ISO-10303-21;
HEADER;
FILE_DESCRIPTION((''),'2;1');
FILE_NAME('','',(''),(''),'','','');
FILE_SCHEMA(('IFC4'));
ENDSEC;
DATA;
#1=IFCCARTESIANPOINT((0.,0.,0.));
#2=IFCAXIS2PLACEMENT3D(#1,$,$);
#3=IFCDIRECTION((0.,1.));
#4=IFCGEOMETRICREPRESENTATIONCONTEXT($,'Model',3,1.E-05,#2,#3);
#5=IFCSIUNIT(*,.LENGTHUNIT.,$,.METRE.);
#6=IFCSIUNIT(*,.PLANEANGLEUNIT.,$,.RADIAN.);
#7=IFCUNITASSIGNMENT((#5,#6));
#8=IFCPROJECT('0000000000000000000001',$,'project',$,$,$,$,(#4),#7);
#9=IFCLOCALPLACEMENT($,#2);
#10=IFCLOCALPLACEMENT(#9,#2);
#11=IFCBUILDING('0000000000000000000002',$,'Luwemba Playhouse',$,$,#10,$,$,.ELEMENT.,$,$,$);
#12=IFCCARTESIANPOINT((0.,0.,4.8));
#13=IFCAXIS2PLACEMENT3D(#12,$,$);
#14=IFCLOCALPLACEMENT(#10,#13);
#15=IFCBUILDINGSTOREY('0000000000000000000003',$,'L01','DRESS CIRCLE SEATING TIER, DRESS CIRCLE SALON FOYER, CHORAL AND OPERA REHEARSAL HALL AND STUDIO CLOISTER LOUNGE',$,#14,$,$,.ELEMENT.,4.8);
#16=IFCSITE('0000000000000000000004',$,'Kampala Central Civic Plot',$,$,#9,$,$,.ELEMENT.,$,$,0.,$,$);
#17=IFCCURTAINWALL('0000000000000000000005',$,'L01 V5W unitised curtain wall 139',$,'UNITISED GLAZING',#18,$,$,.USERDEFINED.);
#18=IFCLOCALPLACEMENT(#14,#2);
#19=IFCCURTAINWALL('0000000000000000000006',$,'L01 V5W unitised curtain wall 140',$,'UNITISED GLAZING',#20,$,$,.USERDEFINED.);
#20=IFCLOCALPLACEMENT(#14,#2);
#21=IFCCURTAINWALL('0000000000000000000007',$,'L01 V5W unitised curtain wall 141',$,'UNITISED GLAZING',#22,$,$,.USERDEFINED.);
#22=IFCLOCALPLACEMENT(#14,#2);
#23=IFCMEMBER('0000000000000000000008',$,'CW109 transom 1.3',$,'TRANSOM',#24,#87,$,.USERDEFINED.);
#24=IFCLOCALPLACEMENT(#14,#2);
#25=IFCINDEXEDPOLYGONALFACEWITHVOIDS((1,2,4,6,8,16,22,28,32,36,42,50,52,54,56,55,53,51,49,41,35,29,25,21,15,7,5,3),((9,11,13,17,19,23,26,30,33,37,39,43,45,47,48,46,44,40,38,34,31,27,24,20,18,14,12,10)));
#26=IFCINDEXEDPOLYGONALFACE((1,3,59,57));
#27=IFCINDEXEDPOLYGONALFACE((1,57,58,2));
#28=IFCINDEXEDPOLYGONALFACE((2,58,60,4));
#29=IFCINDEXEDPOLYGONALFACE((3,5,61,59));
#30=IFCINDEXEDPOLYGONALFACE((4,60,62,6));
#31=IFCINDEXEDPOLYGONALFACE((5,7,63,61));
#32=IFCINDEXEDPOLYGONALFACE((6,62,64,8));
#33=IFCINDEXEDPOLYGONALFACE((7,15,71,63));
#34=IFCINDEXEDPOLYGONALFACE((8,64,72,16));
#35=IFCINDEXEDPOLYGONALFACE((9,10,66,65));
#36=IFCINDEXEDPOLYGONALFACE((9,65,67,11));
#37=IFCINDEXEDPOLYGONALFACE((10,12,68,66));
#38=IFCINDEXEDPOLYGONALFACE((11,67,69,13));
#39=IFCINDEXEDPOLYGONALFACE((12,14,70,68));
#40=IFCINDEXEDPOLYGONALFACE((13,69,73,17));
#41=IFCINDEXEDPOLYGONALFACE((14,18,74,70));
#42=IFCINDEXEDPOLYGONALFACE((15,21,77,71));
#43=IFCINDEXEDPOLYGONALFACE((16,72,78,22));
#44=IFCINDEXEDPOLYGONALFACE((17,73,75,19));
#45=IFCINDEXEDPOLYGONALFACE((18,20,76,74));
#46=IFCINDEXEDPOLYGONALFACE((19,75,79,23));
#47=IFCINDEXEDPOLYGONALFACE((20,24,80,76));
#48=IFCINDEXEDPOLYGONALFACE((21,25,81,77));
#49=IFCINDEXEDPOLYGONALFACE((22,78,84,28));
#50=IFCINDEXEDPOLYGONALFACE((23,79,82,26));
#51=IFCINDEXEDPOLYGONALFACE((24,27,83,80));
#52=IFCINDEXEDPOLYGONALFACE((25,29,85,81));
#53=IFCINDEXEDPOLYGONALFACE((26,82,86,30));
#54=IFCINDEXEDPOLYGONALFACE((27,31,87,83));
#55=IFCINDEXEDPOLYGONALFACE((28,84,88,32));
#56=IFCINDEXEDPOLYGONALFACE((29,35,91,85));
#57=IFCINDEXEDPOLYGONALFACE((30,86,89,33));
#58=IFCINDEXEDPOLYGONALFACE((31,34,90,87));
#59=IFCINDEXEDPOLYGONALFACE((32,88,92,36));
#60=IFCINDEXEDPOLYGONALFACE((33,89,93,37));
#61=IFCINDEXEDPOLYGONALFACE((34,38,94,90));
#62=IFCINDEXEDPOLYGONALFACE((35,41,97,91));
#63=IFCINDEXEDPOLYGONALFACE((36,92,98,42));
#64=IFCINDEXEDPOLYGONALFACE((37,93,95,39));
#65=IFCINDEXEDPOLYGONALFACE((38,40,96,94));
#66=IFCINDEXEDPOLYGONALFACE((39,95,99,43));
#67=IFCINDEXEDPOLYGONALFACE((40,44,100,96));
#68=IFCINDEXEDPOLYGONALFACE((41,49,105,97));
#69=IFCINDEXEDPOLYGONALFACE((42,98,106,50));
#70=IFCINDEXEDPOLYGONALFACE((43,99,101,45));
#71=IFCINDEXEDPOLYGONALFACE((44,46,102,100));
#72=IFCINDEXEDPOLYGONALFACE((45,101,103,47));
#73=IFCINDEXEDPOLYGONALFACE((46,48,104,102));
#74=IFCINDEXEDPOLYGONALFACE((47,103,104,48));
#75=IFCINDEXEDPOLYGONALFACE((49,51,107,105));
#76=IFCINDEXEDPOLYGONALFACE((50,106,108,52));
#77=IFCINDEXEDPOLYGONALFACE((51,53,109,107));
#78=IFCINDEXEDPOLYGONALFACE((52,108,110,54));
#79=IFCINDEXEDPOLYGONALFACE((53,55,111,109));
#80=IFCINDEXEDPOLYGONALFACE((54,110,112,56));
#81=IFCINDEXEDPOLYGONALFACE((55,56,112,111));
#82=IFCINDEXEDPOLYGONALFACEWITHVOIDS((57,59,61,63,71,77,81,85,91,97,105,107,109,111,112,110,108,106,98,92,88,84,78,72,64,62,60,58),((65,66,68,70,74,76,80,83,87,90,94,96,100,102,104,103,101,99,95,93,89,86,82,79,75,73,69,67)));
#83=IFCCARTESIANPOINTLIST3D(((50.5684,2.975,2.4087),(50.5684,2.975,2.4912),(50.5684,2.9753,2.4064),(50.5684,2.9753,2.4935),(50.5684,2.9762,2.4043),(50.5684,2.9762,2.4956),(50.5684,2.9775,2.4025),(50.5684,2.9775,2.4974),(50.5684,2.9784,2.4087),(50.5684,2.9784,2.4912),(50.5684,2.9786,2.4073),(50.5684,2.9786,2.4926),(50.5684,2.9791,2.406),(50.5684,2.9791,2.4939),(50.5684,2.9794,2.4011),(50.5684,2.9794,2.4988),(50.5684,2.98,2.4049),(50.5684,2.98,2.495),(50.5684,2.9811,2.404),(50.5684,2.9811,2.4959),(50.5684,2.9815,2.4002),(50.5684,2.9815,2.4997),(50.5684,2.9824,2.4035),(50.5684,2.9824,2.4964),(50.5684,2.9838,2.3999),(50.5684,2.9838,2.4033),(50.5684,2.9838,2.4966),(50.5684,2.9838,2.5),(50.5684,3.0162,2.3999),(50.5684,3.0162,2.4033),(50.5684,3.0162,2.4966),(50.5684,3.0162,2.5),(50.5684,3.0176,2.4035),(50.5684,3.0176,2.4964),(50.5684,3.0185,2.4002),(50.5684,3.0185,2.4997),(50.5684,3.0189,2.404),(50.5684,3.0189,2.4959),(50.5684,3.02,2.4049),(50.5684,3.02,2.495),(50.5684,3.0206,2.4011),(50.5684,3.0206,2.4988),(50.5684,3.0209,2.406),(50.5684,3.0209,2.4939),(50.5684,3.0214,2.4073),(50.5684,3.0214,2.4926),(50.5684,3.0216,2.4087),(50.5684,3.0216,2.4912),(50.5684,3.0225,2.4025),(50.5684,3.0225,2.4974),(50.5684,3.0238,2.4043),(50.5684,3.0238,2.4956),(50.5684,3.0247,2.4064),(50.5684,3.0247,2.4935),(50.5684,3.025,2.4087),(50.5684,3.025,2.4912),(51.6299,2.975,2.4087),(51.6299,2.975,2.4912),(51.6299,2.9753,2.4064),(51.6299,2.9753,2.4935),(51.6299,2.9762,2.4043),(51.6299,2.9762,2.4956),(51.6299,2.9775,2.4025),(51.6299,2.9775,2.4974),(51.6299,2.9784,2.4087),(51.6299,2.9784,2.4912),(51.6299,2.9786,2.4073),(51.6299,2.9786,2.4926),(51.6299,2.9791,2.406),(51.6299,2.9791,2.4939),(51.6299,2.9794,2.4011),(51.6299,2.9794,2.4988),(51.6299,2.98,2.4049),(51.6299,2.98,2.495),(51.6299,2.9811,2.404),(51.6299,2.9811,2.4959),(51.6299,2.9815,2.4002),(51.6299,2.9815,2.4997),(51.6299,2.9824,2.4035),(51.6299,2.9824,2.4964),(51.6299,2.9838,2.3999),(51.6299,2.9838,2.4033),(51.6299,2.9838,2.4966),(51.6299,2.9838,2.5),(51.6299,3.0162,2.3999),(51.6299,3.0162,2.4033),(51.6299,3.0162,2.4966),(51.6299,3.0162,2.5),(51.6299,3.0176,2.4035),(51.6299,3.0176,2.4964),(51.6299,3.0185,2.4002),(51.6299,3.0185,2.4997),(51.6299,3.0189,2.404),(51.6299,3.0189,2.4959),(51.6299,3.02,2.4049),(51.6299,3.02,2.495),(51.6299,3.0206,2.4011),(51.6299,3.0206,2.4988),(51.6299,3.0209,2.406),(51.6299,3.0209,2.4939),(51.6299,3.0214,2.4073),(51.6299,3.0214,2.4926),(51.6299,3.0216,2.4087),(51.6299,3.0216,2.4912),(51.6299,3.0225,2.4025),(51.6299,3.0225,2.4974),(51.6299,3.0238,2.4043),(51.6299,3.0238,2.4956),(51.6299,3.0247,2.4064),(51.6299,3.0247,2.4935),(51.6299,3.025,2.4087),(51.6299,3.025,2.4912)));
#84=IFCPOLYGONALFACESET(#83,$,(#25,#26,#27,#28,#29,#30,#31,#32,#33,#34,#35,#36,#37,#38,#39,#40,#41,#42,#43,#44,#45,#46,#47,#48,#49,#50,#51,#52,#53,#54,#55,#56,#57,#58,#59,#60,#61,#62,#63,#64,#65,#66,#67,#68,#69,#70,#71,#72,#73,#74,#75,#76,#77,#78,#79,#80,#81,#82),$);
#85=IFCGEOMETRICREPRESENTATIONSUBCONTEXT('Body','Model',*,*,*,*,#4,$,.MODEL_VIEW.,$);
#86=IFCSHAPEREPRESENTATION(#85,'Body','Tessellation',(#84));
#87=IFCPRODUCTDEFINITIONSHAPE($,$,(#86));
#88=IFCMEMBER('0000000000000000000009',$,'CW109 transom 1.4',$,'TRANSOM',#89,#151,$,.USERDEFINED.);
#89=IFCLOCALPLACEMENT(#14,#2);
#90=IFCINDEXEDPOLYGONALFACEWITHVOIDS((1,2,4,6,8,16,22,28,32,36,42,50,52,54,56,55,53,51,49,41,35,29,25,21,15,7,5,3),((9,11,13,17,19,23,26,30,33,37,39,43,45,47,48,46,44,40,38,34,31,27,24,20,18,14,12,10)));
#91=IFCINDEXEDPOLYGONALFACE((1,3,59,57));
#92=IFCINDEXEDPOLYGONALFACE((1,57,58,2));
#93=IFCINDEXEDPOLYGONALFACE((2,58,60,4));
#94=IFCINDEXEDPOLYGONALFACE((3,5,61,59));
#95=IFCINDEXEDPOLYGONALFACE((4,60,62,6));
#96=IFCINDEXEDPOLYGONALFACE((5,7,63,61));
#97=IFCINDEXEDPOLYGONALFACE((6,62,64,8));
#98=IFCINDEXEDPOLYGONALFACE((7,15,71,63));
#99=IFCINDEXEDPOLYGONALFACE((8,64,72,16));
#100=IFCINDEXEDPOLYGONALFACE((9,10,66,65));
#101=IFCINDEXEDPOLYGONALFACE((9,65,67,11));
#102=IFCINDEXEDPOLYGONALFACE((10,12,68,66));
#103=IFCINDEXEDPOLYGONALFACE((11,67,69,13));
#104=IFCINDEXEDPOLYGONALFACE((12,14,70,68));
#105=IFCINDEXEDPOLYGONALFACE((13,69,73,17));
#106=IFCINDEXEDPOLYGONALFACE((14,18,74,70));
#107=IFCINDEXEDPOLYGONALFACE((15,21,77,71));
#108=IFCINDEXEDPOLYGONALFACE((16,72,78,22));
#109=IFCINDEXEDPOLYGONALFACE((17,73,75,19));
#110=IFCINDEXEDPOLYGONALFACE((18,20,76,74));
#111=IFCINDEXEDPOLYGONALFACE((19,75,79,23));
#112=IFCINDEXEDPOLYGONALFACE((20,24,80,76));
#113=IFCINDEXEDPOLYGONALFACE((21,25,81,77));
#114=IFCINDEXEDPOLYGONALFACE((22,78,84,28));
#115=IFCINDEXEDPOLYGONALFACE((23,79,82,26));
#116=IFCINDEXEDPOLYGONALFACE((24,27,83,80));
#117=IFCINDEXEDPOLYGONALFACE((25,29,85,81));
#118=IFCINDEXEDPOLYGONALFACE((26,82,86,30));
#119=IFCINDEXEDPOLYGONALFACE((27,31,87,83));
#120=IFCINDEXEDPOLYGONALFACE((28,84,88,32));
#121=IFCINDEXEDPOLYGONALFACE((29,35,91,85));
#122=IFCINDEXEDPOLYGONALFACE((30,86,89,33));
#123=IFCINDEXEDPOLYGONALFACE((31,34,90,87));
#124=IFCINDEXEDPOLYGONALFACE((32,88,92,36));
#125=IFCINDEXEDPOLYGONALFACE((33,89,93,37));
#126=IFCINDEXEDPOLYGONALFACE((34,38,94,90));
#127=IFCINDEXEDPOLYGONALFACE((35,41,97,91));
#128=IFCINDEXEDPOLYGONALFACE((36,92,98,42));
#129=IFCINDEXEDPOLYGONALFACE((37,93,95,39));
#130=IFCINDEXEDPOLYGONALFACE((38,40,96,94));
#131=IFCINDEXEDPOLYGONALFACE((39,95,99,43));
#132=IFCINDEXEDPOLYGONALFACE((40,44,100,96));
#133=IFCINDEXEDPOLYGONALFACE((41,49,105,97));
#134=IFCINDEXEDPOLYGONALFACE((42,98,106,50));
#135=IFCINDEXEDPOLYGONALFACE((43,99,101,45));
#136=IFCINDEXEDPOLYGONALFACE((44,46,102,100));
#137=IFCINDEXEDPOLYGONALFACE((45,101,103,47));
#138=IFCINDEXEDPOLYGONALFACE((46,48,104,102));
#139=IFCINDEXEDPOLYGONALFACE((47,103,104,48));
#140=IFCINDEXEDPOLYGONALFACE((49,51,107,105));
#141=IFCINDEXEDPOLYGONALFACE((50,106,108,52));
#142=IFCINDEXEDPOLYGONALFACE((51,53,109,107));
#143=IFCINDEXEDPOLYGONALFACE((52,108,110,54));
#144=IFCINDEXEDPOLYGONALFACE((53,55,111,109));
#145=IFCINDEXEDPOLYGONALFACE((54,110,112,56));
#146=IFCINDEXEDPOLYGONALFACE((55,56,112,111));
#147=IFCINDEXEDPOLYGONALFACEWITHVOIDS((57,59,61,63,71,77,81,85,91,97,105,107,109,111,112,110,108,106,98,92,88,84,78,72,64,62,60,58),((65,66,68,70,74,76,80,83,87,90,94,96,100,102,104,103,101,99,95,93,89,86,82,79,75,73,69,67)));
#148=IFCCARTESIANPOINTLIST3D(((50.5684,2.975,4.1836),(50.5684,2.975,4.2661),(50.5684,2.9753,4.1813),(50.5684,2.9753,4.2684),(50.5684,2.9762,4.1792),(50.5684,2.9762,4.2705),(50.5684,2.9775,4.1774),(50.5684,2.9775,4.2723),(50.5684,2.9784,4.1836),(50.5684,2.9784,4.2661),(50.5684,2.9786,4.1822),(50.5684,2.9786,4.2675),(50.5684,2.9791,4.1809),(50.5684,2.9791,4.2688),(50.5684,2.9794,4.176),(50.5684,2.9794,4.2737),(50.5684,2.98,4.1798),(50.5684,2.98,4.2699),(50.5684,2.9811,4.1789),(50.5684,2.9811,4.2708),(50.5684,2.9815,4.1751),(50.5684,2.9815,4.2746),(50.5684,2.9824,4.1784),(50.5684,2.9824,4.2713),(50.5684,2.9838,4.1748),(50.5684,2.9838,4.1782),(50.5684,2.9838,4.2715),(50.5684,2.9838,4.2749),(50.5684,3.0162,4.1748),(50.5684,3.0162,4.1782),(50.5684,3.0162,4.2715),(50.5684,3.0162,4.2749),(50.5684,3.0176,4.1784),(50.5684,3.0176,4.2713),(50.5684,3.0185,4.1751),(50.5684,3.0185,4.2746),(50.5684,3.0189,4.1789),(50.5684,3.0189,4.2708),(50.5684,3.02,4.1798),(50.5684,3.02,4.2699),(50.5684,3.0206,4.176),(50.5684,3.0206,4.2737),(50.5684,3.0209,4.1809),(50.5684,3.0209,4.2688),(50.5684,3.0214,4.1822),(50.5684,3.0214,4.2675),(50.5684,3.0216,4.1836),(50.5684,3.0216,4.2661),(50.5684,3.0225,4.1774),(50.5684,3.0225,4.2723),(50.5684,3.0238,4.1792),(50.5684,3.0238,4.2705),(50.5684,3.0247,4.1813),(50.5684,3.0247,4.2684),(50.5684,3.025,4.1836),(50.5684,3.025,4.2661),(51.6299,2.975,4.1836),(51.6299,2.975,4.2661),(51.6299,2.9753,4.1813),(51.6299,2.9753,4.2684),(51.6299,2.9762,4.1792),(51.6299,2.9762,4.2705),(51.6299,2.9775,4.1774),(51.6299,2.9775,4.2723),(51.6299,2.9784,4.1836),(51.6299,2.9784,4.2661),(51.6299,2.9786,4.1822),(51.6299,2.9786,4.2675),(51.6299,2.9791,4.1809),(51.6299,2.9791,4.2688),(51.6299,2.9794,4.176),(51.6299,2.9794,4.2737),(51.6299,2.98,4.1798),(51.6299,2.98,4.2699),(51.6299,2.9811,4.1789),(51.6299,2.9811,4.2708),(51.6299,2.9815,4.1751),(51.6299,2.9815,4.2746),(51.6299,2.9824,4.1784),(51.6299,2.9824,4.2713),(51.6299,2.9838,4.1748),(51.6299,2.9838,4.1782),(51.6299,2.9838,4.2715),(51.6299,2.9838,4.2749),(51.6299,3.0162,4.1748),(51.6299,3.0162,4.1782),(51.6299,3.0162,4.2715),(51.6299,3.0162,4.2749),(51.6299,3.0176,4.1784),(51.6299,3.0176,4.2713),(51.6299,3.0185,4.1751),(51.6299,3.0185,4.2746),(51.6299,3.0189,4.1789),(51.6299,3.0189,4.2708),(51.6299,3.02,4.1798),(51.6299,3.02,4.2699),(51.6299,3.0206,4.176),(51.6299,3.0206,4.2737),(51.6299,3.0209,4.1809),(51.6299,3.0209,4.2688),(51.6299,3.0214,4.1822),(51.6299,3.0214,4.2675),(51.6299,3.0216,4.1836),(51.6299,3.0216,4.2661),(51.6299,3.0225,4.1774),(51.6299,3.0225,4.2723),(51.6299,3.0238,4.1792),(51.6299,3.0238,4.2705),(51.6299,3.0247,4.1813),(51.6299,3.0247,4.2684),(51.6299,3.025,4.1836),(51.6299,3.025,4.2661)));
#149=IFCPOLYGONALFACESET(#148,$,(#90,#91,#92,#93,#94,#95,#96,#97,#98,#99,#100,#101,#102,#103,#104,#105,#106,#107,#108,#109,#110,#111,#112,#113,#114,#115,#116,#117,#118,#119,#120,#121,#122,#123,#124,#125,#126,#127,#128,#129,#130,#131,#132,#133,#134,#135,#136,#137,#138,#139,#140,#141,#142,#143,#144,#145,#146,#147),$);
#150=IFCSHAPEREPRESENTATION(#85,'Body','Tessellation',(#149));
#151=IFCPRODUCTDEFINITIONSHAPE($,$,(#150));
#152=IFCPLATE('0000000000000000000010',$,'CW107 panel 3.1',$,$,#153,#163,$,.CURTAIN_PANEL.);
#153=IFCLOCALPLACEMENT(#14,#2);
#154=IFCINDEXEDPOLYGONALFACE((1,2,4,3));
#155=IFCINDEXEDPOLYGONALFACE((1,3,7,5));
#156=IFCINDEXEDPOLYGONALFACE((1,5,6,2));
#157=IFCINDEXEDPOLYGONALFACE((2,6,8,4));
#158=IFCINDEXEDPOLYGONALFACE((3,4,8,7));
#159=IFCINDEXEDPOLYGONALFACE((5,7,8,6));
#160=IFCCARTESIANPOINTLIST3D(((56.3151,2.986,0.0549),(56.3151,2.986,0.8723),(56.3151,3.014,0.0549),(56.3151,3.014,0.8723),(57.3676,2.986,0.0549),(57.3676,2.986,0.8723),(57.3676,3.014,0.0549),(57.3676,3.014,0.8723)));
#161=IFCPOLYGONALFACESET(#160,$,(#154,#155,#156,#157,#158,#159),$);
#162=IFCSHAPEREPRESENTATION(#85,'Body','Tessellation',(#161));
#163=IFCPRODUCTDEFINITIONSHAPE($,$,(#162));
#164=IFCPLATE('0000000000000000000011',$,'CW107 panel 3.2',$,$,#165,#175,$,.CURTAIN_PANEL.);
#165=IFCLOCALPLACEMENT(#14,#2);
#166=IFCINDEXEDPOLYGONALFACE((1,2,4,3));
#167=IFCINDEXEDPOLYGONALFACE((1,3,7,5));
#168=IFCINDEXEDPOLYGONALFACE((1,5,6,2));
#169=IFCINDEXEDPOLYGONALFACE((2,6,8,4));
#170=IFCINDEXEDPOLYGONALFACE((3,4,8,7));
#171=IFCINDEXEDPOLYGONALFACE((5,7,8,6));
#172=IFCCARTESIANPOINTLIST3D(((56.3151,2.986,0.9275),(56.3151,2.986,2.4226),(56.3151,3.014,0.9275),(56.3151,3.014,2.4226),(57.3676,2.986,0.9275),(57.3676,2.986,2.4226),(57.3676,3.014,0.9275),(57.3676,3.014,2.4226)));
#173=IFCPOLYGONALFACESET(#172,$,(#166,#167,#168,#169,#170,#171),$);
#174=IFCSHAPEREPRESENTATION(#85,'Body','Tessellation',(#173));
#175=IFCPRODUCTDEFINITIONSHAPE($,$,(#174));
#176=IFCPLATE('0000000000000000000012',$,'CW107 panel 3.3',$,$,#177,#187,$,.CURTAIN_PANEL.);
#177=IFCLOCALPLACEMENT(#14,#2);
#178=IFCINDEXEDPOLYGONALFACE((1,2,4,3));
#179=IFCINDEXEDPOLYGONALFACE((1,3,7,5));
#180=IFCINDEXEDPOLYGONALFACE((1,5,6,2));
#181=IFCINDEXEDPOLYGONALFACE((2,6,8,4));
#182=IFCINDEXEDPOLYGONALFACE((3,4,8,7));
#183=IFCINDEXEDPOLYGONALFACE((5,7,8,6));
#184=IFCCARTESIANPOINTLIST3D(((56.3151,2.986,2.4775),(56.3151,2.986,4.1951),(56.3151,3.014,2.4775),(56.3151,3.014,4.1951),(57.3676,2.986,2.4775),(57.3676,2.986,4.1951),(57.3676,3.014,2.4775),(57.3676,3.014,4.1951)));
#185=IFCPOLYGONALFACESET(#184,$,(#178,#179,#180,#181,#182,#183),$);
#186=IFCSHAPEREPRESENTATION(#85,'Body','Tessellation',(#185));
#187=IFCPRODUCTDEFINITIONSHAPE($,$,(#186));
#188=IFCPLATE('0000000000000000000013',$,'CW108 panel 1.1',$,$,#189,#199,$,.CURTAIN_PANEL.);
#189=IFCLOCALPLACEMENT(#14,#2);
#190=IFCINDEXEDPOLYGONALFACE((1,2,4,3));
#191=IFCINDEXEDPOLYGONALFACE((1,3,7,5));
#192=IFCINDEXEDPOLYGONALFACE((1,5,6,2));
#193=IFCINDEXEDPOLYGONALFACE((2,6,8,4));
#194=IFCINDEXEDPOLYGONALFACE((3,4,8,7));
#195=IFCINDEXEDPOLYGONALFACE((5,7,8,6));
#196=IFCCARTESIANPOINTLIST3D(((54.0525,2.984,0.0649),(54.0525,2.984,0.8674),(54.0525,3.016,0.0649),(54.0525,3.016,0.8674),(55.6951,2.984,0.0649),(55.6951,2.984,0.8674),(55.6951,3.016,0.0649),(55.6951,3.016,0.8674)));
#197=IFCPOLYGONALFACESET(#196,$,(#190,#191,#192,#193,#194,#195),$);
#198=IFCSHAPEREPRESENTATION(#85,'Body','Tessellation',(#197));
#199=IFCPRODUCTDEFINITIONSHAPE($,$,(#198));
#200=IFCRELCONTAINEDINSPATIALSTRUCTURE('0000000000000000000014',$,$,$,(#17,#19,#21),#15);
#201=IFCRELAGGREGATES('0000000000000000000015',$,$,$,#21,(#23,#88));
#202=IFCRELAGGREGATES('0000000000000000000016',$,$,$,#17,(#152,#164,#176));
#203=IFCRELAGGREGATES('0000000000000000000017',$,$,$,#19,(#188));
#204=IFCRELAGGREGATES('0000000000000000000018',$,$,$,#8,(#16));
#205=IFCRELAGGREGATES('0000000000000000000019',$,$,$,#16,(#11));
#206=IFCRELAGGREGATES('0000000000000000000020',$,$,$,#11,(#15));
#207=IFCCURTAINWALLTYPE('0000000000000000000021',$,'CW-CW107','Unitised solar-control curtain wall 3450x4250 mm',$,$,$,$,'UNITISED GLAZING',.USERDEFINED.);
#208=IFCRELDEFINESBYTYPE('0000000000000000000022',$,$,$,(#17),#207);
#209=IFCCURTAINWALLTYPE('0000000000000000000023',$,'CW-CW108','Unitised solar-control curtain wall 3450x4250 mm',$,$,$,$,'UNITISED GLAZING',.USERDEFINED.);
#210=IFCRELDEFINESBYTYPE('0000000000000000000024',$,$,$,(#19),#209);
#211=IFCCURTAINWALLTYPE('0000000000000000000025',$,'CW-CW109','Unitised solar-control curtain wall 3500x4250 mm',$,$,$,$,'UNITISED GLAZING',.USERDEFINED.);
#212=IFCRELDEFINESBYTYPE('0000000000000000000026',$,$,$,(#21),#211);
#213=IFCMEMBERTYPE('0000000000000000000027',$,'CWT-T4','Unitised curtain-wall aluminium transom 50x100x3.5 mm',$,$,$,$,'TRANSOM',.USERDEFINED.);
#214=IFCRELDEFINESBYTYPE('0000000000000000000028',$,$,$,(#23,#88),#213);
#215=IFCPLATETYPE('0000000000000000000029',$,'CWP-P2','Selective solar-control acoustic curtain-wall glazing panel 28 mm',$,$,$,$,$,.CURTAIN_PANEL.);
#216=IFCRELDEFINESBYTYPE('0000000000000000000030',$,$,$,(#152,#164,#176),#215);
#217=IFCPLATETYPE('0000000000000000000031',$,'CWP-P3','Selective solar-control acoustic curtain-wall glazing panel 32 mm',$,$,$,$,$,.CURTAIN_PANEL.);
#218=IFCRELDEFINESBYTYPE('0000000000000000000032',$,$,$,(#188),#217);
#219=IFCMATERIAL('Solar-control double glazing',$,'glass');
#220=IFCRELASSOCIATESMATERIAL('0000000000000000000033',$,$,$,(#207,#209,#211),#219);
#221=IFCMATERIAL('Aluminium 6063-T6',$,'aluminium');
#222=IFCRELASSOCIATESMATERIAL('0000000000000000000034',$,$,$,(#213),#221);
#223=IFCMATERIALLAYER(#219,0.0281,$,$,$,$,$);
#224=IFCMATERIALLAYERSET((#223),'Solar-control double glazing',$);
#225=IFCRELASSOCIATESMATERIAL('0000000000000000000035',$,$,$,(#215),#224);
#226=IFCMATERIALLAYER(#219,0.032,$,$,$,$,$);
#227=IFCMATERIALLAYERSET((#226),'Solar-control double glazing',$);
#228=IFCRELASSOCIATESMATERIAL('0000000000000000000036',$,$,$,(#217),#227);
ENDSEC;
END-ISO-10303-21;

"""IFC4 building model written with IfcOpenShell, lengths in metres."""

from ifc_helpers import new_model, si_unit, direction, frame, origin, origin_2d, place, context, subcontext, project, spatial, rectangle, hollow_rectangle, extrude, material, layer, layer_set, material_profile, profile_set, type_object, element, aggregate, save


model = new_model("IFC4")

# Units and contexts
model_context = context("Model", 3, precision=1e-05, world=origin(), true_north=direction((0.0, 1.0)))
body_context = subcontext(model_context, "Body", "Model", "MODEL_VIEW")
ifc_project = project(units=[si_unit("LENGTHUNIT", "METRE"), si_unit("PLANEANGLEUNIT", "RADIAN")], contexts=[model_context])

# Site, building, storey
site_placement = place(None, origin())
site = spatial("IfcSite", under=ifc_project, at=site_placement, Name="Kampala Central Civic Plot", CompositionType="ELEMENT", RefElevation=0.0)
building_placement = place(site_placement, origin())
building = spatial("IfcBuilding", under=site, at=building_placement, Name="Luwemba Playhouse", CompositionType="ELEMENT")
storey_placement = place(building_placement, frame((0.0, 0.0, 4.8)))
storey = spatial("IfcBuildingStorey", under=building, at=storey_placement, Name="L01", Description="DRESS CIRCLE SEATING TIER, DRESS CIRCLE SALON FOYER, CHORAL AND OPERA REHEARSAL HALL AND STUDIO CLOISTER LOUNGE", CompositionType="ELEMENT", Elevation=4.8)

# Curtain wall
ifc_material_1 = material(Name="Solar-control double glazing", Category="glass")
curtain_wall_type_1 = type_object("IfcCurtainWallType", Name="CW-CW107", Description="Unitised solar-control curtain wall 3450x4250 mm", ElementType="UNITISED GLAZING", PredefinedType="USERDEFINED", material=ifc_material_1)
curtain_wall_1_placement = place(storey_placement, origin())
curtain_wall_1 = element("IfcCurtainWall", 1, at=curtain_wall_1_placement, inside=storey, type_object=curtain_wall_type_1, Name="L01 V5W unitised curtain wall 139", ObjectType="UNITISED GLAZING", PredefinedType="USERDEFINED")
ifc_material_2 = material(Name="Aluminium 6063-T6", Category="aluminium")

# Curtain wall
curtain_wall_type_2 = type_object("IfcCurtainWallType", Name="CW-CW108", Description="Unitised solar-control curtain wall 3450x4250 mm", ElementType="UNITISED GLAZING", PredefinedType="USERDEFINED", material=ifc_material_1)
curtain_wall_2_placement = place(storey_placement, origin())
curtain_wall_2 = element("IfcCurtainWall", 2, at=curtain_wall_2_placement, inside=storey, type_object=curtain_wall_type_2, Name="L01 V5W unitised curtain wall 140", ObjectType="UNITISED GLAZING", PredefinedType="USERDEFINED")

# Curtain wall
curtain_wall_type_3 = type_object("IfcCurtainWallType", Name="CW-CW109", Description="Unitised solar-control curtain wall 3500x4250 mm", ElementType="UNITISED GLAZING", PredefinedType="USERDEFINED", material=ifc_material_1)
curtain_wall_3_placement = place(storey_placement, origin())
curtain_wall_3 = element("IfcCurtainWall", 3, at=curtain_wall_3_placement, inside=storey, type_object=curtain_wall_type_3, Name="L01 V5W unitised curtain wall 141", ObjectType="UNITISED GLAZING", PredefinedType="USERDEFINED")

# Members
ifc_material_profile_1 = material_profile(ifc_material_2, hollow_rectangle(XDim=0.05, YDim=0.1001, WallThickness=0.0034, InnerFilletRadius=0.0054, OuterFilletRadius=0.0088, at=origin_2d()))
ifc_profile_set_1 = profile_set([ifc_material_profile_1], Name="Aluminium 6063-T6")
member_type_1 = type_object("IfcMemberType", Name="CWT-T4", Description="Unitised curtain-wall aluminium transom 50x100x3.5 mm", ElementType="TRANSOM", PredefinedType="USERDEFINED", material=ifc_profile_set_1)
member_1_placement = place(storey_placement, frame((51.6299, 3.0, 2.45), z_axis=(-1.0, 0.0, 0.0), x_axis=(0.0, -1.0, 0.0)))
member_1 = element("IfcMember", 4, at=member_1_placement, type_object=member_type_1, Name="CW109 transom 1.3", ObjectType="TRANSOM", PredefinedType="USERDEFINED", context=body_context, shape_type="SweptSolid", body=[
    extrude(hollow_rectangle(XDim=0.05, YDim=0.1001, WallThickness=0.0034, InnerFilletRadius=0.0054, OuterFilletRadius=0.0088, at=origin_2d()), origin(), (0.0, 0.0, 1.0), 1.0615),
])
member_2_placement = place(storey_placement, frame((51.6299, 3.0, 4.2249), z_axis=(-1.0, 0.0, 0.0), x_axis=(0.0, -1.0, 0.0)))
member_2 = element("IfcMember", 5, at=member_2_placement, type_object=member_type_1, Name="CW109 transom 1.4", ObjectType="TRANSOM", PredefinedType="USERDEFINED", context=body_context, shape_type="SweptSolid", body=[
    extrude(hollow_rectangle(XDim=0.05, YDim=0.1001, WallThickness=0.0034, InnerFilletRadius=0.0054, OuterFilletRadius=0.0088, at=origin_2d()), origin(), (0.0, 0.0, 1.0), 1.0615),
])
aggregate(curtain_wall_3, [member_1, member_2])

# Plates
ifc_layer_1 = layer(ifc_material_1, 0.0281)
ifc_layer_set_1 = layer_set([ifc_layer_1], Name="Solar-control double glazing")
plate_type_1 = type_object("IfcPlateType", Name="CWP-P2", Description="Selective solar-control acoustic curtain-wall glazing panel 28 mm", PredefinedType="CURTAIN_PANEL", material=ifc_layer_set_1)
plate_1_placement = place(storey_placement, frame((56.8413, 3.0, 0.0549), z_axis=(0.0, 0.0, 1.0), x_axis=(-1.0, 0.0, 0.0)))
plate_1 = element("IfcPlate", 6, at=plate_1_placement, type_object=plate_type_1, Name="CW107 panel 3.1", PredefinedType="CURTAIN_PANEL", context=body_context, shape_type="SweptSolid", body=[
    extrude(rectangle(XDim=1.0525, YDim=0.0281, at=origin_2d()), origin(), (0.0, 0.0, 1.0), 0.8174),
])
plate_2_placement = place(storey_placement, frame((56.8413, 3.0, 0.9275), z_axis=(0.0, 0.0, 1.0), x_axis=(-1.0, 0.0, 0.0)))
plate_2 = element("IfcPlate", 7, at=plate_2_placement, type_object=plate_type_1, Name="CW107 panel 3.2", PredefinedType="CURTAIN_PANEL", context=body_context, shape_type="SweptSolid", body=[
    extrude(rectangle(XDim=1.0525, YDim=0.0281, at=origin_2d()), origin(), (0.0, 0.0, 1.0), 1.4951),
])
plate_3_placement = place(storey_placement, frame((56.8413, 3.0, 2.4775), z_axis=(0.0, 0.0, 1.0), x_axis=(-1.0, 0.0, 0.0)))
plate_3 = element("IfcPlate", 8, at=plate_3_placement, type_object=plate_type_1, Name="CW107 panel 3.3", PredefinedType="CURTAIN_PANEL", context=body_context, shape_type="SweptSolid", body=[
    extrude(rectangle(XDim=1.0525, YDim=0.0281, at=origin_2d()), origin(), (0.0, 0.0, 1.0), 1.7175),
])
aggregate(curtain_wall_1, [plate_1, plate_2, plate_3])
ifc_layer_2 = layer(ifc_material_1, 0.032)
ifc_layer_set_2 = layer_set([ifc_layer_2], Name="Solar-control double glazing")
plate_type_2 = type_object("IfcPlateType", Name="CWP-P3", Description="Selective solar-control acoustic curtain-wall glazing panel 32 mm", PredefinedType="CURTAIN_PANEL", material=ifc_layer_set_2)
plate_4_placement = place(storey_placement, frame((54.8738, 3.0, 0.0649), z_axis=(0.0, 0.0, 1.0), x_axis=(-1.0, 0.0, 0.0)))
plate_4 = element("IfcPlate", 9, at=plate_4_placement, type_object=plate_type_2, Name="CW108 panel 1.1", PredefinedType="CURTAIN_PANEL", context=body_context, shape_type="SweptSolid", body=[
    extrude(rectangle(XDim=1.6426, YDim=0.032, at=origin_2d()), origin(), (0.0, 0.0, 1.0), 0.8025),
])
aggregate(curtain_wall_2, [plate_4])

save(model, "model.ifc")
